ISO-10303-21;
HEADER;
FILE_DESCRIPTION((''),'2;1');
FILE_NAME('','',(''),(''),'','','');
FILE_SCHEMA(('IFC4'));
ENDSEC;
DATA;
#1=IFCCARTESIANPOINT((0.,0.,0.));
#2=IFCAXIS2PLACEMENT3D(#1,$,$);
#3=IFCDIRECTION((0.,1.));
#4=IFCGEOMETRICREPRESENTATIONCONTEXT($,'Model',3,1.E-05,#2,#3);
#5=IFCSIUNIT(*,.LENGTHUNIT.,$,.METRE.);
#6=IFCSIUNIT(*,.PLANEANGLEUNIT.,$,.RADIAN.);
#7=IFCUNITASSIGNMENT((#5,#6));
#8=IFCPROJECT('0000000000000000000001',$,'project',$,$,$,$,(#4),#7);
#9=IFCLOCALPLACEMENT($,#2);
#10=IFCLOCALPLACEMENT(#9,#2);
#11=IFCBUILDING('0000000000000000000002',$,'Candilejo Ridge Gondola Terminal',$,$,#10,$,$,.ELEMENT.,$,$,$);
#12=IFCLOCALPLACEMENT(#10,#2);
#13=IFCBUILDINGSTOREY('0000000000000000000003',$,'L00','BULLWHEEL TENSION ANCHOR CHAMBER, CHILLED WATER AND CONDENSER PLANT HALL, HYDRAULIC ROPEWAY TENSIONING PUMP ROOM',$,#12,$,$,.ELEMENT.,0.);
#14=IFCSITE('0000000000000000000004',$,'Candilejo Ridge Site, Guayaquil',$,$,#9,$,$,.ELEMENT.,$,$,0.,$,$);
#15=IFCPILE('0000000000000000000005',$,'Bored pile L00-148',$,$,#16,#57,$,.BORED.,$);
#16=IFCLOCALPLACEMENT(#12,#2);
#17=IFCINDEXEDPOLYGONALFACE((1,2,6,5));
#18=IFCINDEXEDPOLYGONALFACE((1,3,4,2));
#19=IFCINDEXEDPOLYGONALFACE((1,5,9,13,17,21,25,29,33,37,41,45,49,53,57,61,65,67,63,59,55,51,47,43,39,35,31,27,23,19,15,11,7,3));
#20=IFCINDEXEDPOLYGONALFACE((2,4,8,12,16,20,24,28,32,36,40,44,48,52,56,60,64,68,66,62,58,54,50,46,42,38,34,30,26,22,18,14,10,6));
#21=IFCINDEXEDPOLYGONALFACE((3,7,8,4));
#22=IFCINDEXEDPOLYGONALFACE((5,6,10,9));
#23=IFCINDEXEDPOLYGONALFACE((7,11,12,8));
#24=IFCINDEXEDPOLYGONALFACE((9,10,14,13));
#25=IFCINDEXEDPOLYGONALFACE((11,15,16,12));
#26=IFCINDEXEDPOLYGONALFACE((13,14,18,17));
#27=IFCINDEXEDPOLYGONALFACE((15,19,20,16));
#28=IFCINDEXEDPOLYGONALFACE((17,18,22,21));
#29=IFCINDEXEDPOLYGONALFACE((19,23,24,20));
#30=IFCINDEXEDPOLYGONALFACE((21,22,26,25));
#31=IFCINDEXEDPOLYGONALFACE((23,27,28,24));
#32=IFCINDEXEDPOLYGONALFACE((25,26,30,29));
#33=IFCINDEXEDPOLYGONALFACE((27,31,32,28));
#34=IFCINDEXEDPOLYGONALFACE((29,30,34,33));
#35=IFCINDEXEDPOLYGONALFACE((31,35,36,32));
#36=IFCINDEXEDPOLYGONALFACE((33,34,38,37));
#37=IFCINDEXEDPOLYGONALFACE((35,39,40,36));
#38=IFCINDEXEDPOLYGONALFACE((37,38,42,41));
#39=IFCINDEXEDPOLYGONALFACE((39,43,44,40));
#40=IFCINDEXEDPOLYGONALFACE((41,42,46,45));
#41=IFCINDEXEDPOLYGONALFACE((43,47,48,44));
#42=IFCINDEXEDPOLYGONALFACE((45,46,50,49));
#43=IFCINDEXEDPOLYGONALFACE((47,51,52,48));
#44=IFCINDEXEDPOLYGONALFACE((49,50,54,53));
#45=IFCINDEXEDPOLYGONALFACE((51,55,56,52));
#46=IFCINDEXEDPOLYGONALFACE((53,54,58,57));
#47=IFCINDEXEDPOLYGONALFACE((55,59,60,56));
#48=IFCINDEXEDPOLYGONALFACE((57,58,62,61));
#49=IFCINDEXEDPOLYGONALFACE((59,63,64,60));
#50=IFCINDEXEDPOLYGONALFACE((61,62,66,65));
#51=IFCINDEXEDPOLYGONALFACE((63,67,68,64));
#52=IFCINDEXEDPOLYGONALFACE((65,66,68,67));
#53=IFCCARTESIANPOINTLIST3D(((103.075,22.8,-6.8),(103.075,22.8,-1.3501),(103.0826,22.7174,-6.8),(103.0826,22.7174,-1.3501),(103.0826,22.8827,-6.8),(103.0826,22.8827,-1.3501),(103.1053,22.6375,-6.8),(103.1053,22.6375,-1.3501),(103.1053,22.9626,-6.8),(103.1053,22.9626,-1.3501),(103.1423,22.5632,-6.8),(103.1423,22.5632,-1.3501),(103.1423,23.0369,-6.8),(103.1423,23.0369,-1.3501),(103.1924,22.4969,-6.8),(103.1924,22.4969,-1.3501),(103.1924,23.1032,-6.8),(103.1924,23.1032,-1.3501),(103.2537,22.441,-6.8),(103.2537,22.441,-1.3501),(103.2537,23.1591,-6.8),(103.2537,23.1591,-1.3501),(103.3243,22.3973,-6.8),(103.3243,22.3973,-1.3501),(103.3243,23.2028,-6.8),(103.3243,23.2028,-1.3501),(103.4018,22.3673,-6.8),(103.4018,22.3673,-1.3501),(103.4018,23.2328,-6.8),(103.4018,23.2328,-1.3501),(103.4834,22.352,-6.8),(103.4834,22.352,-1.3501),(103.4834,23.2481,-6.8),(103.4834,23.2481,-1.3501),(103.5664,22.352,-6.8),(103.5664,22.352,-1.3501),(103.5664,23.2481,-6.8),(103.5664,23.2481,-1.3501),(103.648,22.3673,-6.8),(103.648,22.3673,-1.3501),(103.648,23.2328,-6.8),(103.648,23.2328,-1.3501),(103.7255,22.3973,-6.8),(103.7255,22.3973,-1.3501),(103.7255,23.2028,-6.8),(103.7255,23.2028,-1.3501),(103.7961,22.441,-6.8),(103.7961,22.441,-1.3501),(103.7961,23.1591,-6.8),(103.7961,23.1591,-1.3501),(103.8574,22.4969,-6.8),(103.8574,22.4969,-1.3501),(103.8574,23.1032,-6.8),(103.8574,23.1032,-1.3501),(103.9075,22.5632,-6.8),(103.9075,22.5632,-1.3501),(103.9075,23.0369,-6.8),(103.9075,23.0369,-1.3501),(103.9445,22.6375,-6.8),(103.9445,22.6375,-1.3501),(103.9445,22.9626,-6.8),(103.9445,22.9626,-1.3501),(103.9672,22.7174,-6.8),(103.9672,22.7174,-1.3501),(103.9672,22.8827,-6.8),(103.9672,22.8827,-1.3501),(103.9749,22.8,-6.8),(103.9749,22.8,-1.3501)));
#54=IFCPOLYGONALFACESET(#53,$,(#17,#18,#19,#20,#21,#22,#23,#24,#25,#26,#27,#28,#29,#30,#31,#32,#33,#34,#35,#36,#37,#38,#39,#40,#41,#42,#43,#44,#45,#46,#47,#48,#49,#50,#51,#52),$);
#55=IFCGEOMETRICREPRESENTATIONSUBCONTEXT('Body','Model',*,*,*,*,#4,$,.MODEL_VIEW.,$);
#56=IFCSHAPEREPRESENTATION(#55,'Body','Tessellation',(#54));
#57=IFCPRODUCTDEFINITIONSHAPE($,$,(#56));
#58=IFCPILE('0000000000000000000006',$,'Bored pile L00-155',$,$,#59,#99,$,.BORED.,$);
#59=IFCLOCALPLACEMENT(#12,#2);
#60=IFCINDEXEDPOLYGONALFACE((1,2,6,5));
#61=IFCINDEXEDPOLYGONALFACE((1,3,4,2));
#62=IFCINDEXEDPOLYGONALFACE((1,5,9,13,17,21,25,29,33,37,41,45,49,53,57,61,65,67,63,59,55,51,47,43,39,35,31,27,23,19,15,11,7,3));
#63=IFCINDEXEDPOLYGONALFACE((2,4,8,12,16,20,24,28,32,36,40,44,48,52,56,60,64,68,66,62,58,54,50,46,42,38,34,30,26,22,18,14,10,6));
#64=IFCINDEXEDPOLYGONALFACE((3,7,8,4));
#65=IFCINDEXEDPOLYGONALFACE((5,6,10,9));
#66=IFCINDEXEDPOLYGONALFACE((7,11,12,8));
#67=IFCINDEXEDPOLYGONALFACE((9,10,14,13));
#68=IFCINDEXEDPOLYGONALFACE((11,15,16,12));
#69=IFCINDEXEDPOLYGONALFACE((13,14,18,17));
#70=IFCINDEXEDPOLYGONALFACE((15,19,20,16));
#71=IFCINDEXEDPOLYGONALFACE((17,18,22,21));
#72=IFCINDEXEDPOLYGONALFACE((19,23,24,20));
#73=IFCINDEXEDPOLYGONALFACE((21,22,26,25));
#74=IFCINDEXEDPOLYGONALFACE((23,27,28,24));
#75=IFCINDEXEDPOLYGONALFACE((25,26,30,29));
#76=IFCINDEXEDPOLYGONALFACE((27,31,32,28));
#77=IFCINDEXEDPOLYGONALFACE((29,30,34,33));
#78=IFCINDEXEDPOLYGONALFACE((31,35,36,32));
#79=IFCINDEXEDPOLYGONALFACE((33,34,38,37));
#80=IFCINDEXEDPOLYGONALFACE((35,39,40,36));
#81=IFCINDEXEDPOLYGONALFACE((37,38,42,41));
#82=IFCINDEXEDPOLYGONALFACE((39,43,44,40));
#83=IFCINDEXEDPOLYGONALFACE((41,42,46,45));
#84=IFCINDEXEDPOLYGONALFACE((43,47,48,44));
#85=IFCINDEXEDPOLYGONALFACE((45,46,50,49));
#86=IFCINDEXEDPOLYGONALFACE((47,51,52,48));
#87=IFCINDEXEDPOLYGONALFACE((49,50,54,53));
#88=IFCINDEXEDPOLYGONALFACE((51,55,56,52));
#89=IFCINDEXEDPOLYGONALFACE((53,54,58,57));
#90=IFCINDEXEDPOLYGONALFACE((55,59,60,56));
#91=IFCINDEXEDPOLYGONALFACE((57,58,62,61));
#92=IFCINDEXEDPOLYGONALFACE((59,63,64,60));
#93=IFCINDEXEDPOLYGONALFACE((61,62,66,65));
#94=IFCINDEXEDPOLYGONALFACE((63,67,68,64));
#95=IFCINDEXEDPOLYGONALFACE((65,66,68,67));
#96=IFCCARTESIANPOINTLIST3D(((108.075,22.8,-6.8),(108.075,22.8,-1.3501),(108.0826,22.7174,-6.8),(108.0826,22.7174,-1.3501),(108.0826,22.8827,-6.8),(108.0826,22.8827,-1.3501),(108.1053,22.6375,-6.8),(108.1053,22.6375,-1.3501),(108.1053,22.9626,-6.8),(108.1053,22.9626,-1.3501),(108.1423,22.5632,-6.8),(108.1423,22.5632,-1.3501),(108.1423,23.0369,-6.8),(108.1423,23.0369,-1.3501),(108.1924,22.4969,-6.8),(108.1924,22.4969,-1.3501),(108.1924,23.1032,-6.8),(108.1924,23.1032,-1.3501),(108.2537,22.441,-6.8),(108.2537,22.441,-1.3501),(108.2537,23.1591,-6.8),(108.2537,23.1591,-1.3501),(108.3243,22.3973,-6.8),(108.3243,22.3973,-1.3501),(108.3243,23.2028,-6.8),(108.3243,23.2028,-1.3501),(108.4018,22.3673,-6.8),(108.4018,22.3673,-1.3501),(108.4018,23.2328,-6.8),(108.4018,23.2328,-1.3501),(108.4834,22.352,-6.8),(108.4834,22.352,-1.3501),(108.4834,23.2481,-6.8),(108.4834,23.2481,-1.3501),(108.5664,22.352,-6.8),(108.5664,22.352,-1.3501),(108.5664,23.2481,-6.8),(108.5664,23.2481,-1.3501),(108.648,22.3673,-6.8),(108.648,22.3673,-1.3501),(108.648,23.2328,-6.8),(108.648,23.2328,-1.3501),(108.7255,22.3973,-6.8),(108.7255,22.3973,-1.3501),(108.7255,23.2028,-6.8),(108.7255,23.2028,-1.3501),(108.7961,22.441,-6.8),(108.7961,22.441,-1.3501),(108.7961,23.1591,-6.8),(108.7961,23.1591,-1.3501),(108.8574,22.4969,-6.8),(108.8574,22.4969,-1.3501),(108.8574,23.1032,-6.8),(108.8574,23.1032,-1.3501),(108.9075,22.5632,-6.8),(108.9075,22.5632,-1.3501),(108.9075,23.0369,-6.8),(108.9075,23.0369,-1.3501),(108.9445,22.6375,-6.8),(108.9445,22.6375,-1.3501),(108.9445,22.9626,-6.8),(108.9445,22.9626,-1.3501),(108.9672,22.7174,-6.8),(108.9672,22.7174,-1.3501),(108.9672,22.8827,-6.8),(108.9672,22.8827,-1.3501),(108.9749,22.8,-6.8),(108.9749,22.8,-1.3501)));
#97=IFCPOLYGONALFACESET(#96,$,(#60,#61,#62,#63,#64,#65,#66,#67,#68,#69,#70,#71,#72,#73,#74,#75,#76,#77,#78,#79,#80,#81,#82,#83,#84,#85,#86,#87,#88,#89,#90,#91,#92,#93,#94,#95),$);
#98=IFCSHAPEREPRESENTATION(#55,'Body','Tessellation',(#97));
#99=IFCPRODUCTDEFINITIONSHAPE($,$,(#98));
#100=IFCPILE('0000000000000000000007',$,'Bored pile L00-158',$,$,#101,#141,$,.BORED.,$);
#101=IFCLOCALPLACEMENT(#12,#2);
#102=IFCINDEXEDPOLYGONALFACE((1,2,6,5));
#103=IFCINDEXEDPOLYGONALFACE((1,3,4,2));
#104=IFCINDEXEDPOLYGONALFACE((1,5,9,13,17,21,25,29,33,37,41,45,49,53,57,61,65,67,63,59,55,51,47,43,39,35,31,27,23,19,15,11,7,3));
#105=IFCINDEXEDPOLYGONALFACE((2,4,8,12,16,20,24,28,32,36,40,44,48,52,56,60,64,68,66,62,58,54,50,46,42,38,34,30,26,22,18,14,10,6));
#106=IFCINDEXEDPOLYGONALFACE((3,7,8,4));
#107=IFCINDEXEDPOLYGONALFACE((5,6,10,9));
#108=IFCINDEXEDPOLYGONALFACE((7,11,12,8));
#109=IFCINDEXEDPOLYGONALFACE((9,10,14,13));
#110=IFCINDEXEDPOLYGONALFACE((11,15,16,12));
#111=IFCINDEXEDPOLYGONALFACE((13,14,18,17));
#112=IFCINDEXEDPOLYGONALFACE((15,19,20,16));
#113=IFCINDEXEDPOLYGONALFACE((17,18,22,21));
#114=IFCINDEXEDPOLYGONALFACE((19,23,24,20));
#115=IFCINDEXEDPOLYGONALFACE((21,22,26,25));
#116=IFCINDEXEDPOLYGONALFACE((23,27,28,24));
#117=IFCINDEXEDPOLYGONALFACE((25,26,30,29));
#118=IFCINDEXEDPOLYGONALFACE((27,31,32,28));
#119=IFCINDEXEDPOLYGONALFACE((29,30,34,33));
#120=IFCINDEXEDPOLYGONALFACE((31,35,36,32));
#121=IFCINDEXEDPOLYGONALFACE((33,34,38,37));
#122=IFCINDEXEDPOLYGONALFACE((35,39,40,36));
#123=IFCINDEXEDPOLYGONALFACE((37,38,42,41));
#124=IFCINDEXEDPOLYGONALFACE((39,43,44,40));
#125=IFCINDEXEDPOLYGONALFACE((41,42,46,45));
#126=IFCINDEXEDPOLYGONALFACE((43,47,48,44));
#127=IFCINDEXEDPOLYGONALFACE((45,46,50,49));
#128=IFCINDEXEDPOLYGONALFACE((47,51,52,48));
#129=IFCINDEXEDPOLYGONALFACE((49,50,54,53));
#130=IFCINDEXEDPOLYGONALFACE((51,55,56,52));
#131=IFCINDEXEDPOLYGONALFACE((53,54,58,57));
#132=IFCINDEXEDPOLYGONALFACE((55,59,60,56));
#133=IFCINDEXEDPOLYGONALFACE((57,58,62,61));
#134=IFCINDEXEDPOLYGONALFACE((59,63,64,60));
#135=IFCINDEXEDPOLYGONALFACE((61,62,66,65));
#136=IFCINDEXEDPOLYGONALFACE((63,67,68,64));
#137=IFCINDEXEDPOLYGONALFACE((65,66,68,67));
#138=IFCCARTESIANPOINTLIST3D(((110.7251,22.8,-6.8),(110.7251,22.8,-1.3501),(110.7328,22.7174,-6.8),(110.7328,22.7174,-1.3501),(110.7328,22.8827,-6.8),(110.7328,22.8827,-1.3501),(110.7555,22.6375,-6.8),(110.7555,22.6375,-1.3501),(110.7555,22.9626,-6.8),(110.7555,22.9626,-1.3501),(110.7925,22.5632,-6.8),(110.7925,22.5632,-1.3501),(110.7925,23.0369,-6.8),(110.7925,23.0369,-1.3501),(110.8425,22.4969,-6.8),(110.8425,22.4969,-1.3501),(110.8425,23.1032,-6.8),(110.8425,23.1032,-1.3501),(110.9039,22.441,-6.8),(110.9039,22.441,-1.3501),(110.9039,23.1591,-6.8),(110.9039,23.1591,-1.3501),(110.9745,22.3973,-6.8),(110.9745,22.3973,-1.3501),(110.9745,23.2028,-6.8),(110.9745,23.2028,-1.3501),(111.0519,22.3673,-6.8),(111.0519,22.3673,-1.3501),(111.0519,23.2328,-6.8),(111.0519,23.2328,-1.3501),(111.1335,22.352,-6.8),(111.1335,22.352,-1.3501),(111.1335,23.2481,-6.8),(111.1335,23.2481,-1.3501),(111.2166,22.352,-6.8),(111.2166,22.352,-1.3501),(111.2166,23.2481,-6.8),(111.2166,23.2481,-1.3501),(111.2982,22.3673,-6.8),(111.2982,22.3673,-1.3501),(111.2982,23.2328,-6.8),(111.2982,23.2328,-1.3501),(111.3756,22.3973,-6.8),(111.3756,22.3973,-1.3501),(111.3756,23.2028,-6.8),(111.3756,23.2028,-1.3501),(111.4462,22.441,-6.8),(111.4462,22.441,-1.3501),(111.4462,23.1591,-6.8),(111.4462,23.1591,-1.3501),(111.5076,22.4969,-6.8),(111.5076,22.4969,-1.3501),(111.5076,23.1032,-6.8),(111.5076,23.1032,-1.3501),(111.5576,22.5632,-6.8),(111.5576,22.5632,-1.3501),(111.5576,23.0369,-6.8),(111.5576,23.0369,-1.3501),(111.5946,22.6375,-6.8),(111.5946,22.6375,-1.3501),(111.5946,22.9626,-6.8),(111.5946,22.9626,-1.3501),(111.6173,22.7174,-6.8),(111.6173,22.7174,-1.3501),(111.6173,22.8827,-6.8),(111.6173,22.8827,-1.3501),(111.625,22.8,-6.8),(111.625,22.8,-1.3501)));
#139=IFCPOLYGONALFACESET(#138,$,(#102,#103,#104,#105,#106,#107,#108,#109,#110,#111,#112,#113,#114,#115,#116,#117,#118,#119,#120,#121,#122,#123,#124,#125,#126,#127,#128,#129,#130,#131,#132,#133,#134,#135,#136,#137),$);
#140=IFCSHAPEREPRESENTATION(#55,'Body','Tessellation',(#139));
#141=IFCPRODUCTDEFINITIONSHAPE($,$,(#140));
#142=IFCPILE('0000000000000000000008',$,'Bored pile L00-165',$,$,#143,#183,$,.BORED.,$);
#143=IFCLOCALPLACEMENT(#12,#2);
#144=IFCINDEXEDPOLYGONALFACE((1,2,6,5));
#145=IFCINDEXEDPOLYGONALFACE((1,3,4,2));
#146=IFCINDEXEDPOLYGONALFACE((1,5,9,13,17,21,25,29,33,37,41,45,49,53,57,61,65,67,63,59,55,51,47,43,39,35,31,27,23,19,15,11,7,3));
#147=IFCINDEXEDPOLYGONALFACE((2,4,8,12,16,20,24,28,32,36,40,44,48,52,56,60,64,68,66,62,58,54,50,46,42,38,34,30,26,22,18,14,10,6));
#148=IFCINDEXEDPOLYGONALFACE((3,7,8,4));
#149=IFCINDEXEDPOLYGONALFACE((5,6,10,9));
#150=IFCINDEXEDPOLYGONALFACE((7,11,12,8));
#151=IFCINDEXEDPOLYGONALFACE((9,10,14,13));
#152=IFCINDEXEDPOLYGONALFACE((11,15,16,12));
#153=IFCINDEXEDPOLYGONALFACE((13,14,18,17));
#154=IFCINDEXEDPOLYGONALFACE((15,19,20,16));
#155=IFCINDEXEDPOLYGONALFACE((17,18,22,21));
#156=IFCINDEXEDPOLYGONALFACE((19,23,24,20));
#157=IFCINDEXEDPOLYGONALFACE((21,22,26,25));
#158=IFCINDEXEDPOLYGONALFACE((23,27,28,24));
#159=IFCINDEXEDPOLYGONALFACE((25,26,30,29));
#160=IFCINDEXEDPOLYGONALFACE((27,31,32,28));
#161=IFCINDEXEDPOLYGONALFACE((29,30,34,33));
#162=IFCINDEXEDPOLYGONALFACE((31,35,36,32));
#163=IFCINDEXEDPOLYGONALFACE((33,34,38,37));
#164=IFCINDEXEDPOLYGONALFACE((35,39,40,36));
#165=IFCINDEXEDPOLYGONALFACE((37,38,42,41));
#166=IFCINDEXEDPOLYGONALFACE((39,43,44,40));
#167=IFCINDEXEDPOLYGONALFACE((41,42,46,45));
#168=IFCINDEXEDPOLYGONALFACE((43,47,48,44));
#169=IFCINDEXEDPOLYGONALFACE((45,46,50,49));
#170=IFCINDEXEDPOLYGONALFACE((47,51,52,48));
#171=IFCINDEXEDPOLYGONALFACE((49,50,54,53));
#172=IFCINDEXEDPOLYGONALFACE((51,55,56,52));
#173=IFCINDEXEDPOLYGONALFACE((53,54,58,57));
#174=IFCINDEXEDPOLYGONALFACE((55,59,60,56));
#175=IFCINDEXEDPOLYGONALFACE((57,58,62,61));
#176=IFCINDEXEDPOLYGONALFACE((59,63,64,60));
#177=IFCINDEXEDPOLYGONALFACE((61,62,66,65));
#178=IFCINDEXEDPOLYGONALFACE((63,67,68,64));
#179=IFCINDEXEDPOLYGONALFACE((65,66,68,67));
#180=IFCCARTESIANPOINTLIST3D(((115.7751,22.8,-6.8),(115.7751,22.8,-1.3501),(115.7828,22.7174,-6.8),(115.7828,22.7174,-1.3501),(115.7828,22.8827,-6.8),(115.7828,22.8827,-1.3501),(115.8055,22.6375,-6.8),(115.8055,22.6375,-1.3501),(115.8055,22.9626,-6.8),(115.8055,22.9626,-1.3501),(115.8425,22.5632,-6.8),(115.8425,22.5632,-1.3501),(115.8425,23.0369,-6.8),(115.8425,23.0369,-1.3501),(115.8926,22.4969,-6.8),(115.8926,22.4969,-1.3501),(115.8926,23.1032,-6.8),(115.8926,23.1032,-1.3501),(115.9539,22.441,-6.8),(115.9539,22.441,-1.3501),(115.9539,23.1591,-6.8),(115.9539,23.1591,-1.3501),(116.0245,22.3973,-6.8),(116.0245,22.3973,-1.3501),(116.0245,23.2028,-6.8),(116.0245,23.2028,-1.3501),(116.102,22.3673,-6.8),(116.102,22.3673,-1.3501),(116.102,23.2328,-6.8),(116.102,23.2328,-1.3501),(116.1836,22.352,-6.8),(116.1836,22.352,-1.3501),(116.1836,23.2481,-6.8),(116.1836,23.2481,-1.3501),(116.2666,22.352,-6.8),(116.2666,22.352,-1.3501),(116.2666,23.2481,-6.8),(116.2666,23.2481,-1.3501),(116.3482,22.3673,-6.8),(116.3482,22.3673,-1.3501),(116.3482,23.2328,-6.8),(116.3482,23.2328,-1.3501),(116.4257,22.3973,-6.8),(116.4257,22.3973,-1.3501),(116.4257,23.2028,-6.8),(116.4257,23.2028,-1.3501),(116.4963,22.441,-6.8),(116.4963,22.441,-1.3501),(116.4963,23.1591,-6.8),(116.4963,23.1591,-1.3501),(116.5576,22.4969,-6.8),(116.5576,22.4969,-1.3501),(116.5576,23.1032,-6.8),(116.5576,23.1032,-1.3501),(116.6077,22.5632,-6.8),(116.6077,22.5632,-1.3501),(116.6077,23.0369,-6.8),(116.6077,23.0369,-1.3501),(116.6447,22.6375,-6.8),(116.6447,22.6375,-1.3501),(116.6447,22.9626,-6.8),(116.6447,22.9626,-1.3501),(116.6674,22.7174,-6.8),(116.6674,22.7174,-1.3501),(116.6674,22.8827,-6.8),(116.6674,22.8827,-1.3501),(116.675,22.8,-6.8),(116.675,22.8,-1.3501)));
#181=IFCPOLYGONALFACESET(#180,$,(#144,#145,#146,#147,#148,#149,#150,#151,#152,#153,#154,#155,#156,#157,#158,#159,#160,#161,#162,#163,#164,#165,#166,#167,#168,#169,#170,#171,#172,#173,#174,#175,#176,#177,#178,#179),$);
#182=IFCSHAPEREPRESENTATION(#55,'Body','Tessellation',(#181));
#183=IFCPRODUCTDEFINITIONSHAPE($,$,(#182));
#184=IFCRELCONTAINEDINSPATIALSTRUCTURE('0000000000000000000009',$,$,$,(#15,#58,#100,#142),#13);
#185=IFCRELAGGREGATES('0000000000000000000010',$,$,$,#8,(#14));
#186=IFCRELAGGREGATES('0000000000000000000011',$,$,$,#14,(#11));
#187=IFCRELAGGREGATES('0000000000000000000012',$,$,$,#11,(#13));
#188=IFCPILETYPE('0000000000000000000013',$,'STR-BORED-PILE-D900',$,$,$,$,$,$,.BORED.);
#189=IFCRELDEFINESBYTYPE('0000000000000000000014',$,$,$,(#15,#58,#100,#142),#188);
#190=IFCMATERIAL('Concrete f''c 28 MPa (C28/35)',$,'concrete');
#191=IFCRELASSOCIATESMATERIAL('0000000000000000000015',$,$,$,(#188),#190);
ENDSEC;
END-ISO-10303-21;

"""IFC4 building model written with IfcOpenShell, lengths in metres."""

from ifc_helpers import new_model, si_unit, direction, frame, origin, origin_2d, place, context, subcontext, project, spatial, circle, extrude, material, material_profile, profile_set, type_object, element, save


model = new_model("IFC4")

# Units and contexts
model_context = context("Model", 3, precision=1e-05, world=origin(), true_north=direction((0.0, 1.0)))
body_context = subcontext(model_context, "Body", "Model", "MODEL_VIEW")
ifc_project = project(units=[si_unit("LENGTHUNIT", "METRE"), si_unit("PLANEANGLEUNIT", "RADIAN")], contexts=[model_context])

# Site, building, storey
site_placement = place(None, origin())
site = spatial("IfcSite", under=ifc_project, at=site_placement, Name="Candilejo Ridge Site, Guayaquil", CompositionType="ELEMENT", RefElevation=0.0)
building_placement = place(site_placement, origin())
building = spatial("IfcBuilding", under=site, at=building_placement, Name="Candilejo Ridge Gondola Terminal", CompositionType="ELEMENT")
storey_placement = place(building_placement, origin())
storey = spatial("IfcBuildingStorey", under=building, at=storey_placement, Name="L00", Description="BULLWHEEL TENSION ANCHOR CHAMBER, CHILLED WATER AND CONDENSER PLANT HALL, HYDRAULIC ROPEWAY TENSIONING PUMP ROOM", CompositionType="ELEMENT", Elevation=0.0)

# Piles
ifc_material_1 = material(Name="Concrete f'c 28 MPa (C28/35)", Category="concrete")
ifc_material_profile_1 = material_profile(ifc_material_1, circle(Radius=0.45, at=origin_2d()))
ifc_profile_set_1 = profile_set([ifc_material_profile_1], Name="Concrete f'c 28 MPa (C28/35)")
pile_type = type_object("IfcPileType", Name="STR-BORED-PILE-D900", PredefinedType="BORED", material=ifc_profile_set_1)
for number, where, z_axis, x_axis, name in (
    (1, (103.5249, 22.8, -1.3501), (0.0, 0.0, -1.0), (1.0, 0.0, 0.0), "Bored pile L00-148"),
    (2, (108.5249, 22.8, -1.3501), (0.0, 0.0, -1.0), (1.0, 0.0, 0.0), "Bored pile L00-155"),
    (3, (111.175, 22.8, -1.3501), (0.0, 0.0, -1.0), (1.0, 0.0, 0.0), "Bored pile L00-158"),
    (4, (116.2251, 22.8, -1.3501), (0.0, 0.0, -1.0), (1.0, 0.0, 0.0), "Bored pile L00-165"),
):
    element("IfcPile", number, at=place(storey_placement, frame(where, z_axis=z_axis, x_axis=x_axis)), inside=storey, type_object=pile_type, Name=name, PredefinedType="BORED", context=body_context, shape_type="SweptSolid", body=[
        extrude(circle(Radius=0.45, at=origin_2d()), origin(), (0.0, 0.0, 1.0), 5.45),
    ])

save(model, "model.ifc")
